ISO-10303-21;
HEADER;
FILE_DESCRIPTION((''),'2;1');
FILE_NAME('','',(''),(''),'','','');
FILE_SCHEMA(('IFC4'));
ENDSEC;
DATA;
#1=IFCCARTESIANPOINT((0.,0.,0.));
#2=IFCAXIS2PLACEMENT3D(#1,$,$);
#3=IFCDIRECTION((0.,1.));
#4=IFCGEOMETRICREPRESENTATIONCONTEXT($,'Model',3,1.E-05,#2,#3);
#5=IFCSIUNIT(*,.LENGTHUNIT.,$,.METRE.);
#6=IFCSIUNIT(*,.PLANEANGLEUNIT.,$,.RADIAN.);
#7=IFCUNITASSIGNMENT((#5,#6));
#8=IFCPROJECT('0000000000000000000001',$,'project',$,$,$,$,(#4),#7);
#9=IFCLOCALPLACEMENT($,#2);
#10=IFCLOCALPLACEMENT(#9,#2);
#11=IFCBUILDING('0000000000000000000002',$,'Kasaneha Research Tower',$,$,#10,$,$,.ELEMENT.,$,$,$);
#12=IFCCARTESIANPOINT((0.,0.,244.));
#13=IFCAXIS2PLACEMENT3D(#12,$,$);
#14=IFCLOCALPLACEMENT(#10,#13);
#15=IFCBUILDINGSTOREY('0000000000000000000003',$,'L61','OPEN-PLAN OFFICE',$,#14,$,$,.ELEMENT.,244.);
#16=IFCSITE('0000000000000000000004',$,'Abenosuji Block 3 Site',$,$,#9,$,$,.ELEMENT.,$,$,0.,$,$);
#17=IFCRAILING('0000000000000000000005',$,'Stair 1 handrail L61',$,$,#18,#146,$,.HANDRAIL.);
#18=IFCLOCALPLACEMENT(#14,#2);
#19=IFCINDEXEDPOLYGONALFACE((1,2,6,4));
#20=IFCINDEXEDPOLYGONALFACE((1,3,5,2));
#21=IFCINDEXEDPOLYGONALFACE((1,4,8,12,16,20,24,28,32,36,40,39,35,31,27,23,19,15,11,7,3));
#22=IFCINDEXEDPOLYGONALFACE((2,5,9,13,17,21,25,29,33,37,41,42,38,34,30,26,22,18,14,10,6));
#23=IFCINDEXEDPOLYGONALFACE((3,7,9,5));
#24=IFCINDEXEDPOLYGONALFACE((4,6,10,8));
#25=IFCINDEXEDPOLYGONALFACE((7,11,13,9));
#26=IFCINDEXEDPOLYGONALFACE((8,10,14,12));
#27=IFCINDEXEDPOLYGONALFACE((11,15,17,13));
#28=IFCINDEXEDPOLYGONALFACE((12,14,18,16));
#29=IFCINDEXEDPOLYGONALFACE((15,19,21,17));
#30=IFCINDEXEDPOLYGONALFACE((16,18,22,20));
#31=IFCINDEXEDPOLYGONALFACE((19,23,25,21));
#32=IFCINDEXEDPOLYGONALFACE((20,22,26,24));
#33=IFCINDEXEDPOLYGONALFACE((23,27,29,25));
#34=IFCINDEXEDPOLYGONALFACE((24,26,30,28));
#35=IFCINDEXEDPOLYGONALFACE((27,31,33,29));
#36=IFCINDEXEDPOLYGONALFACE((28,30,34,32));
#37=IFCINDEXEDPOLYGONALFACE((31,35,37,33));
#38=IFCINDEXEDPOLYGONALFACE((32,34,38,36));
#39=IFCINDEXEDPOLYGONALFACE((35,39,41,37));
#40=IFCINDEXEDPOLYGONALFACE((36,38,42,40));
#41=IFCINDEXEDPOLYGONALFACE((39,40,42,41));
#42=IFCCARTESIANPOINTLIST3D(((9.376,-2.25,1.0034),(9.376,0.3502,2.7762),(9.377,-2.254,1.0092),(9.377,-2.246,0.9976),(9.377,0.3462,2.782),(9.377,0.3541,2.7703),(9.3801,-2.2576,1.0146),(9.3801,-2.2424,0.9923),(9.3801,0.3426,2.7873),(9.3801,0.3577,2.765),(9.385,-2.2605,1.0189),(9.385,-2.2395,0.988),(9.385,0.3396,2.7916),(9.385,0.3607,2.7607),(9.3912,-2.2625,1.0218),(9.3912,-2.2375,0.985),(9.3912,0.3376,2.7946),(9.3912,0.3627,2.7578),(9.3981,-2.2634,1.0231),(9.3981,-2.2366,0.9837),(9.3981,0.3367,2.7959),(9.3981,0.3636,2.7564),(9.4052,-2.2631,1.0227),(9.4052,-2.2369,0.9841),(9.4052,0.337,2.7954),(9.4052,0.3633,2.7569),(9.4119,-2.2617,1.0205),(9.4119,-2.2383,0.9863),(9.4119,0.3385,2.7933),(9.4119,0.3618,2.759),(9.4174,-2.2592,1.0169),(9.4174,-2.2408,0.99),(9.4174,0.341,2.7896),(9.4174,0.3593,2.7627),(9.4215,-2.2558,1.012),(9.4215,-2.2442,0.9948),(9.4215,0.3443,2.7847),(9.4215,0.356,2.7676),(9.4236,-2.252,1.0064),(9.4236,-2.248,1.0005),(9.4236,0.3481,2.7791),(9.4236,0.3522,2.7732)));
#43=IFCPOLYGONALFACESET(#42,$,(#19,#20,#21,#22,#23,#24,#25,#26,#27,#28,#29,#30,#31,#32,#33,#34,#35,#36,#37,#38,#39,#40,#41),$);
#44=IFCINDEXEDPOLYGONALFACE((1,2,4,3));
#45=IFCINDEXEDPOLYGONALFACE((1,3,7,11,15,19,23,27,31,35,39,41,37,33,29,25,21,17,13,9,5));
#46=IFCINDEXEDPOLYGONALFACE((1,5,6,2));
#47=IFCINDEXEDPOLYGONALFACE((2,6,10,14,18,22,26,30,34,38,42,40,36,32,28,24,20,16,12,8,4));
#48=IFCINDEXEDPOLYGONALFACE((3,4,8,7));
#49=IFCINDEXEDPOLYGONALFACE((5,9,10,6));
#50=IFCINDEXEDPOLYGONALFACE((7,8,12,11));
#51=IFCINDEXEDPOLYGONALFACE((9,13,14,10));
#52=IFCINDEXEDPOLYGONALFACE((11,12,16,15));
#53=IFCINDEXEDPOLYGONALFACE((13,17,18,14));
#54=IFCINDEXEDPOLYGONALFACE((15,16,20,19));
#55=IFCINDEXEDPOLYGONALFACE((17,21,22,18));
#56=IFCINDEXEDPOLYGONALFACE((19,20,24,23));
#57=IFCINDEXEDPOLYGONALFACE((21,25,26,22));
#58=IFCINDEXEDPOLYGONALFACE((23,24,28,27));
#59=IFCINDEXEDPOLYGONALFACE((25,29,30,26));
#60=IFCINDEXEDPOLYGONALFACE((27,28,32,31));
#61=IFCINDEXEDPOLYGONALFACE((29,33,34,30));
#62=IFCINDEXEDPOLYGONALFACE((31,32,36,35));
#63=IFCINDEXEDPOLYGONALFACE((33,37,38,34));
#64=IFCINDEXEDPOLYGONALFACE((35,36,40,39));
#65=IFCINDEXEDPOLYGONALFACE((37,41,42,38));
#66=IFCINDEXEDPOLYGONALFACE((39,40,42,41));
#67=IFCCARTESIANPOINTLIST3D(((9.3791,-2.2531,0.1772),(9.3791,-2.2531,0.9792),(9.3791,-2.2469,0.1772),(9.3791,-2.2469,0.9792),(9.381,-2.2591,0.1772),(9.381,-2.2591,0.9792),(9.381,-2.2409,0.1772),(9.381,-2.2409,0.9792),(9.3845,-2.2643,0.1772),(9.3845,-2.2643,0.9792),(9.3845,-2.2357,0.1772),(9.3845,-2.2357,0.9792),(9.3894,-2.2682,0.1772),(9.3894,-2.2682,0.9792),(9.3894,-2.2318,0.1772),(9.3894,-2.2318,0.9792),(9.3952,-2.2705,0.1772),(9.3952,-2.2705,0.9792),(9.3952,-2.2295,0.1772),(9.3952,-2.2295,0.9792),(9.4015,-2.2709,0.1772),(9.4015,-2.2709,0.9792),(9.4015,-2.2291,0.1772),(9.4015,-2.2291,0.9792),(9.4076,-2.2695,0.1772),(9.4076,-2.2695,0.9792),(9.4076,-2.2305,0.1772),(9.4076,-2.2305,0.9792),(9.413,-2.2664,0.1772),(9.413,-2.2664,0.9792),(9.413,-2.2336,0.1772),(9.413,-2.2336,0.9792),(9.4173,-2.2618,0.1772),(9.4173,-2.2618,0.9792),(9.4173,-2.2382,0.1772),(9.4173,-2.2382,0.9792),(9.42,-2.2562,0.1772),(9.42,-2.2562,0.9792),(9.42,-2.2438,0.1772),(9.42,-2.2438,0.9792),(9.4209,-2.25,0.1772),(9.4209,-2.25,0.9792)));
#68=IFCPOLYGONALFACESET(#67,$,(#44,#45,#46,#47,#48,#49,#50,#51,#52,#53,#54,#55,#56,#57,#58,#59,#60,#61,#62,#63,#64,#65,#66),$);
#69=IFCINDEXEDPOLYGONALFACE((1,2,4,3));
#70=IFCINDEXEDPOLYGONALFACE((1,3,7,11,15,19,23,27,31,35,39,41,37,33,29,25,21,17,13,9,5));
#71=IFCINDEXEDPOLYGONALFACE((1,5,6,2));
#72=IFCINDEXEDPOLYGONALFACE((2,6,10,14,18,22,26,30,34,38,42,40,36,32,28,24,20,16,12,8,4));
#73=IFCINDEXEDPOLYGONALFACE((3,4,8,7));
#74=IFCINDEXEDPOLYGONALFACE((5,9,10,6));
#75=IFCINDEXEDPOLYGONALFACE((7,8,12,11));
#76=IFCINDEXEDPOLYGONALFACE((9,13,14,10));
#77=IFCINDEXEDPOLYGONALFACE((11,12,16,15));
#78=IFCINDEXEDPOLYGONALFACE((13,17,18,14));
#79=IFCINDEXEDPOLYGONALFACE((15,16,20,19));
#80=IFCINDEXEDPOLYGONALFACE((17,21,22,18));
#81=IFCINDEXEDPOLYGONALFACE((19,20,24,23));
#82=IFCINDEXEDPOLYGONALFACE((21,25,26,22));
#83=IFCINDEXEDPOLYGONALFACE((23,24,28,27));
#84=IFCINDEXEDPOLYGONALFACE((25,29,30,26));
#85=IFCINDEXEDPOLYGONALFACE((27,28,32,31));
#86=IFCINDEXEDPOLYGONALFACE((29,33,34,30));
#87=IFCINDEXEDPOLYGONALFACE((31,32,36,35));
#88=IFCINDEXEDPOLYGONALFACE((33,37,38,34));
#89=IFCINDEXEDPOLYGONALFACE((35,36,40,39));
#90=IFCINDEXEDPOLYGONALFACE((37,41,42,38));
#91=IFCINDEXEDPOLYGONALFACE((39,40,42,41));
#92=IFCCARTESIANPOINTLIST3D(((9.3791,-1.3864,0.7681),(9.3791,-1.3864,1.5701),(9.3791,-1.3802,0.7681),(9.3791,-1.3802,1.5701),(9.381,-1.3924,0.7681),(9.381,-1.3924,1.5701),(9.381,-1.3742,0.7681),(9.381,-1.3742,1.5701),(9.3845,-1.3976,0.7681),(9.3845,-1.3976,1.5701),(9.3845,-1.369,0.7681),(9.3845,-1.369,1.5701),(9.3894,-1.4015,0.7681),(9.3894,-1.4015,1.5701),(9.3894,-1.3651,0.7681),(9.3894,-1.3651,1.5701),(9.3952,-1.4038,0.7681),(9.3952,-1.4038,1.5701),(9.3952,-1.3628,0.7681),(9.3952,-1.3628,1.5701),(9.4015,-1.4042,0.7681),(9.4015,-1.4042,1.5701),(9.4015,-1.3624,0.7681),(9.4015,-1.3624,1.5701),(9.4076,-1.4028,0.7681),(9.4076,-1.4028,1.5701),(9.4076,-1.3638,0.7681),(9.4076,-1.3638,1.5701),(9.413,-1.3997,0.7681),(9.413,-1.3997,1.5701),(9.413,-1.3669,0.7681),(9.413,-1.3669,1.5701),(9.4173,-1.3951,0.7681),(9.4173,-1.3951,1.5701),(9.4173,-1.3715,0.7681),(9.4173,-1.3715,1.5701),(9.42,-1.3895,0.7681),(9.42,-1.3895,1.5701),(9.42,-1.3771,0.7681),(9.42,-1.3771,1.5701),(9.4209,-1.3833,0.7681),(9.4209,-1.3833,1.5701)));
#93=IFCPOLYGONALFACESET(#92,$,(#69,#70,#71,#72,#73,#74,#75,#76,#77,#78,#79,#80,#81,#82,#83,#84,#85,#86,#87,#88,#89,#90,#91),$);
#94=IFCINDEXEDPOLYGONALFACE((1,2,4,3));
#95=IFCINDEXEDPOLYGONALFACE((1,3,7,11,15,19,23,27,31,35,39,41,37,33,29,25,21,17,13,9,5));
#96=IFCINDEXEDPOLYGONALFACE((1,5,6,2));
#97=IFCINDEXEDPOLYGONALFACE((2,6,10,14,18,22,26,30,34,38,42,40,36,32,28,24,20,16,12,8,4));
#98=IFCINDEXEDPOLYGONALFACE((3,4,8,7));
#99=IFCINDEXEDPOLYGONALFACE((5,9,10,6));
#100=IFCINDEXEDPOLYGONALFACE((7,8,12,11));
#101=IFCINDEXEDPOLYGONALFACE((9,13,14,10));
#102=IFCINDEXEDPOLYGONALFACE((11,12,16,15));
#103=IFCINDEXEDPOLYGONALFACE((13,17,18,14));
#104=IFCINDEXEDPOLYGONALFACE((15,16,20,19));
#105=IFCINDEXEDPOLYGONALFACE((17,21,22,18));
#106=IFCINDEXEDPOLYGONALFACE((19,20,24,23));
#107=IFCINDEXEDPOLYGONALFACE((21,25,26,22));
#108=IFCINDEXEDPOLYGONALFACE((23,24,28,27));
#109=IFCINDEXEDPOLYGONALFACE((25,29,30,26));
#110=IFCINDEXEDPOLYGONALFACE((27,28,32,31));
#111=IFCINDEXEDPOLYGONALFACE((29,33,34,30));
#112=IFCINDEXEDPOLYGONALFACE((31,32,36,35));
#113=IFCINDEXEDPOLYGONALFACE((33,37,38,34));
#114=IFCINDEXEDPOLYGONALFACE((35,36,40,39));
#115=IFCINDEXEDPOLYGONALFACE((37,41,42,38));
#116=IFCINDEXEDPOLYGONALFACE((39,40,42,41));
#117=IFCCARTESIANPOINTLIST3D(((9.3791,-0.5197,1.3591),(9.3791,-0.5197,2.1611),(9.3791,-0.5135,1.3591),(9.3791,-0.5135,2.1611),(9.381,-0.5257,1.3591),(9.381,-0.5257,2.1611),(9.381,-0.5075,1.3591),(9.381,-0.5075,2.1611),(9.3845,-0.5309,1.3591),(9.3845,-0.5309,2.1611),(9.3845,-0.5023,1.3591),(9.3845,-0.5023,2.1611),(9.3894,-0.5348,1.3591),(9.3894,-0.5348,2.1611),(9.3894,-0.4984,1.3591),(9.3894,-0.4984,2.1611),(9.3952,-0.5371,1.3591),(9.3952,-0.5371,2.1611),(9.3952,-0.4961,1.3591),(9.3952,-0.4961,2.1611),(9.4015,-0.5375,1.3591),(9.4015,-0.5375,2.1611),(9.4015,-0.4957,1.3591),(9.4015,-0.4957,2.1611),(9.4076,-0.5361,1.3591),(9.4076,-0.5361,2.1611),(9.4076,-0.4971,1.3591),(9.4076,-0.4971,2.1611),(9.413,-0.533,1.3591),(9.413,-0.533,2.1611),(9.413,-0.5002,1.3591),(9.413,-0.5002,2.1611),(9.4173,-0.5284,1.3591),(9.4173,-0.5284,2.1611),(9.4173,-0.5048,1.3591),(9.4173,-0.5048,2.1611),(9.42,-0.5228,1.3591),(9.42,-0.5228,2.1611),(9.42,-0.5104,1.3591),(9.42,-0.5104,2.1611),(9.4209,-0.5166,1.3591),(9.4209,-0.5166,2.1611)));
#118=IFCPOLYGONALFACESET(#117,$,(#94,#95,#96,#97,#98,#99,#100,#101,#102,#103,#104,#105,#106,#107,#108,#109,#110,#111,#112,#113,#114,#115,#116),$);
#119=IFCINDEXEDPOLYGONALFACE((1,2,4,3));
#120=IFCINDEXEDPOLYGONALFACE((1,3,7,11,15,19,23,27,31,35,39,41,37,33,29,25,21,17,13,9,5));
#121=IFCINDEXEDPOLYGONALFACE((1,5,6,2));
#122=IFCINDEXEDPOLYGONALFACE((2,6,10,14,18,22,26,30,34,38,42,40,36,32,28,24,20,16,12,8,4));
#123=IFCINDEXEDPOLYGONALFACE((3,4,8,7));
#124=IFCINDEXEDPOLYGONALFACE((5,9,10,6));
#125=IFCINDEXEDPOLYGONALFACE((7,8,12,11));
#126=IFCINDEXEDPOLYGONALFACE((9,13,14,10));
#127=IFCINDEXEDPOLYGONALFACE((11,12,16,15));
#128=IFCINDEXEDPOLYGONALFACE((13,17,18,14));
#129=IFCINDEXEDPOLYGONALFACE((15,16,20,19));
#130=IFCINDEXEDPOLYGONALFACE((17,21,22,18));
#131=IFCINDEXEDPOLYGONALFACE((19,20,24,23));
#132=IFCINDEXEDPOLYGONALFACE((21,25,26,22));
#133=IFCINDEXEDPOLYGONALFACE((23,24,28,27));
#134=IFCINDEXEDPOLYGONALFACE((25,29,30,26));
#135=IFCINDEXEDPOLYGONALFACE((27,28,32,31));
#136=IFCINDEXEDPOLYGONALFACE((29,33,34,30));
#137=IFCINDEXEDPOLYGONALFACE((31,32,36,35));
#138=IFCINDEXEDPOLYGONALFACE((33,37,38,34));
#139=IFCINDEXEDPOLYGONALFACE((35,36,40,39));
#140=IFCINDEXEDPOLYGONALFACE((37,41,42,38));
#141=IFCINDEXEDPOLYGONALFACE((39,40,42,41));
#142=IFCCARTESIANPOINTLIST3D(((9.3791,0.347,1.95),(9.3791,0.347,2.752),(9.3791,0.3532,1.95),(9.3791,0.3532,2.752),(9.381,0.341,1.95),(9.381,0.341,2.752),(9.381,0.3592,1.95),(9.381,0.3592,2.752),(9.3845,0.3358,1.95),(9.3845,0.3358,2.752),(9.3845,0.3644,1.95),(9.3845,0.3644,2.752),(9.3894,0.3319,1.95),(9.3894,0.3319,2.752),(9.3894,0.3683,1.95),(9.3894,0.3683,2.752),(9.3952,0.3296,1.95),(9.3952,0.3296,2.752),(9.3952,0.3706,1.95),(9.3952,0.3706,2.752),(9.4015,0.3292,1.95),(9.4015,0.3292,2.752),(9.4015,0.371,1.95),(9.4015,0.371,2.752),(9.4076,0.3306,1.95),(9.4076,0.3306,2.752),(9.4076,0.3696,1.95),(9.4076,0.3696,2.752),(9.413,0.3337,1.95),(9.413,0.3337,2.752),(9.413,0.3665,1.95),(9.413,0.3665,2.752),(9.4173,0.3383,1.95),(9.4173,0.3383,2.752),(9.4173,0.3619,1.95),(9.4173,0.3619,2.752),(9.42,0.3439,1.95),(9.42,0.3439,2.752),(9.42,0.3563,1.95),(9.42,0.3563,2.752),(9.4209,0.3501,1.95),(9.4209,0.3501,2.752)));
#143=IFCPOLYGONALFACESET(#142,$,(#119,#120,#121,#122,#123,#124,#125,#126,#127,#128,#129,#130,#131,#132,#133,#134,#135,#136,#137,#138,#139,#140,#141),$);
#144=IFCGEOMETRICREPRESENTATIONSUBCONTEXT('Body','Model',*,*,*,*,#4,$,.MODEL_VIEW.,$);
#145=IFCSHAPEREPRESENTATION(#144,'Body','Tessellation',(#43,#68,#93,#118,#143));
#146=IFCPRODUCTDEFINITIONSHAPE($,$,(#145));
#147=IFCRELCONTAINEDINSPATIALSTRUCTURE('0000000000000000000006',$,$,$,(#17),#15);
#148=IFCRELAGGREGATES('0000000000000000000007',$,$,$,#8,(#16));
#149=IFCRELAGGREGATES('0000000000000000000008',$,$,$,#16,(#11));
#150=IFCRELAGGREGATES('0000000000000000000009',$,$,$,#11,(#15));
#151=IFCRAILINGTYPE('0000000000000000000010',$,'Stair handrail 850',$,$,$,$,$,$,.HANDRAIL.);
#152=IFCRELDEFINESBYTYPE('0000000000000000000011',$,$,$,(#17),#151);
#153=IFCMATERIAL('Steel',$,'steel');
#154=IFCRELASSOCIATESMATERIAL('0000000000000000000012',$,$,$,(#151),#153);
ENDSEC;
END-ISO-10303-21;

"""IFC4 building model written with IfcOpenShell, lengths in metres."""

from ifc_helpers import new_model, si_unit, direction, frame, origin, origin_2d, place, context, subcontext, project, spatial, circle, extrude, material, type_object, element, save


model = new_model("IFC4")

# Units and contexts
model_context = context("Model", 3, precision=1e-05, world=origin(), true_north=direction((0.0, 1.0)))
body_context = subcontext(model_context, "Body", "Model", "MODEL_VIEW")
ifc_project = project(units=[si_unit("LENGTHUNIT", "METRE"), si_unit("PLANEANGLEUNIT", "RADIAN")], contexts=[model_context])

# Site, building, storey
site_placement = place(None, origin())
site = spatial("IfcSite", under=ifc_project, at=site_placement, Name="Abenosuji Block 3 Site", CompositionType="ELEMENT", RefElevation=0.0)
building_placement = place(site_placement, origin())
building = spatial("IfcBuilding", under=site, at=building_placement, Name="Kasaneha Research Tower", CompositionType="ELEMENT")
storey_placement = place(building_placement, frame((0.0, 0.0, 244.0)))
storey = spatial("IfcBuildingStorey", under=building, at=storey_placement, Name="L61", Description="OPEN-PLAN OFFICE", CompositionType="ELEMENT", Elevation=244.0)

# Railing
ifc_material_1 = material(Name="Steel", Category="steel")
railing_type_1 = type_object("IfcRailingType", Name="Stair handrail 850", PredefinedType="HANDRAIL", material=ifc_material_1)
railing_1_placement = place(storey_placement, frame((9.3999, -2.25, 0.1772)))
element("IfcRailing", 1, at=railing_1_placement, inside=storey, type_object=railing_type_1, Name="Stair 1 handrail L61", PredefinedType="HANDRAIL", context=body_context, shape_type="SweptSolid", body=[
    extrude(circle(Radius=0.0239, at=origin_2d()), frame((0.0, 0.0, 0.8262), z_axis=(0.0, 0.82624, 0.563318), x_axis=(-1.0, 0.0, 0.0)), (0.0, 0.0, 1.0), 3.147),
    extrude(circle(Radius=0.021, at=origin_2d()), origin(), (0.0, 0.0, 1.0), 0.802),
    extrude(circle(Radius=0.021, at=origin_2d()), frame((0.0, 0.8667, 0.5908)), (0.0, 0.0, 1.0), 0.802),
    extrude(circle(Radius=0.021, at=origin_2d()), frame((0.0, 1.7334, 1.1819)), (0.0, 0.0, 1.0), 0.802),
    extrude(circle(Radius=0.021, at=origin_2d()), frame((0.0, 2.6001, 1.7727)), (0.0, 0.0, 1.0), 0.802),
])

save(model, "model.ifc")
